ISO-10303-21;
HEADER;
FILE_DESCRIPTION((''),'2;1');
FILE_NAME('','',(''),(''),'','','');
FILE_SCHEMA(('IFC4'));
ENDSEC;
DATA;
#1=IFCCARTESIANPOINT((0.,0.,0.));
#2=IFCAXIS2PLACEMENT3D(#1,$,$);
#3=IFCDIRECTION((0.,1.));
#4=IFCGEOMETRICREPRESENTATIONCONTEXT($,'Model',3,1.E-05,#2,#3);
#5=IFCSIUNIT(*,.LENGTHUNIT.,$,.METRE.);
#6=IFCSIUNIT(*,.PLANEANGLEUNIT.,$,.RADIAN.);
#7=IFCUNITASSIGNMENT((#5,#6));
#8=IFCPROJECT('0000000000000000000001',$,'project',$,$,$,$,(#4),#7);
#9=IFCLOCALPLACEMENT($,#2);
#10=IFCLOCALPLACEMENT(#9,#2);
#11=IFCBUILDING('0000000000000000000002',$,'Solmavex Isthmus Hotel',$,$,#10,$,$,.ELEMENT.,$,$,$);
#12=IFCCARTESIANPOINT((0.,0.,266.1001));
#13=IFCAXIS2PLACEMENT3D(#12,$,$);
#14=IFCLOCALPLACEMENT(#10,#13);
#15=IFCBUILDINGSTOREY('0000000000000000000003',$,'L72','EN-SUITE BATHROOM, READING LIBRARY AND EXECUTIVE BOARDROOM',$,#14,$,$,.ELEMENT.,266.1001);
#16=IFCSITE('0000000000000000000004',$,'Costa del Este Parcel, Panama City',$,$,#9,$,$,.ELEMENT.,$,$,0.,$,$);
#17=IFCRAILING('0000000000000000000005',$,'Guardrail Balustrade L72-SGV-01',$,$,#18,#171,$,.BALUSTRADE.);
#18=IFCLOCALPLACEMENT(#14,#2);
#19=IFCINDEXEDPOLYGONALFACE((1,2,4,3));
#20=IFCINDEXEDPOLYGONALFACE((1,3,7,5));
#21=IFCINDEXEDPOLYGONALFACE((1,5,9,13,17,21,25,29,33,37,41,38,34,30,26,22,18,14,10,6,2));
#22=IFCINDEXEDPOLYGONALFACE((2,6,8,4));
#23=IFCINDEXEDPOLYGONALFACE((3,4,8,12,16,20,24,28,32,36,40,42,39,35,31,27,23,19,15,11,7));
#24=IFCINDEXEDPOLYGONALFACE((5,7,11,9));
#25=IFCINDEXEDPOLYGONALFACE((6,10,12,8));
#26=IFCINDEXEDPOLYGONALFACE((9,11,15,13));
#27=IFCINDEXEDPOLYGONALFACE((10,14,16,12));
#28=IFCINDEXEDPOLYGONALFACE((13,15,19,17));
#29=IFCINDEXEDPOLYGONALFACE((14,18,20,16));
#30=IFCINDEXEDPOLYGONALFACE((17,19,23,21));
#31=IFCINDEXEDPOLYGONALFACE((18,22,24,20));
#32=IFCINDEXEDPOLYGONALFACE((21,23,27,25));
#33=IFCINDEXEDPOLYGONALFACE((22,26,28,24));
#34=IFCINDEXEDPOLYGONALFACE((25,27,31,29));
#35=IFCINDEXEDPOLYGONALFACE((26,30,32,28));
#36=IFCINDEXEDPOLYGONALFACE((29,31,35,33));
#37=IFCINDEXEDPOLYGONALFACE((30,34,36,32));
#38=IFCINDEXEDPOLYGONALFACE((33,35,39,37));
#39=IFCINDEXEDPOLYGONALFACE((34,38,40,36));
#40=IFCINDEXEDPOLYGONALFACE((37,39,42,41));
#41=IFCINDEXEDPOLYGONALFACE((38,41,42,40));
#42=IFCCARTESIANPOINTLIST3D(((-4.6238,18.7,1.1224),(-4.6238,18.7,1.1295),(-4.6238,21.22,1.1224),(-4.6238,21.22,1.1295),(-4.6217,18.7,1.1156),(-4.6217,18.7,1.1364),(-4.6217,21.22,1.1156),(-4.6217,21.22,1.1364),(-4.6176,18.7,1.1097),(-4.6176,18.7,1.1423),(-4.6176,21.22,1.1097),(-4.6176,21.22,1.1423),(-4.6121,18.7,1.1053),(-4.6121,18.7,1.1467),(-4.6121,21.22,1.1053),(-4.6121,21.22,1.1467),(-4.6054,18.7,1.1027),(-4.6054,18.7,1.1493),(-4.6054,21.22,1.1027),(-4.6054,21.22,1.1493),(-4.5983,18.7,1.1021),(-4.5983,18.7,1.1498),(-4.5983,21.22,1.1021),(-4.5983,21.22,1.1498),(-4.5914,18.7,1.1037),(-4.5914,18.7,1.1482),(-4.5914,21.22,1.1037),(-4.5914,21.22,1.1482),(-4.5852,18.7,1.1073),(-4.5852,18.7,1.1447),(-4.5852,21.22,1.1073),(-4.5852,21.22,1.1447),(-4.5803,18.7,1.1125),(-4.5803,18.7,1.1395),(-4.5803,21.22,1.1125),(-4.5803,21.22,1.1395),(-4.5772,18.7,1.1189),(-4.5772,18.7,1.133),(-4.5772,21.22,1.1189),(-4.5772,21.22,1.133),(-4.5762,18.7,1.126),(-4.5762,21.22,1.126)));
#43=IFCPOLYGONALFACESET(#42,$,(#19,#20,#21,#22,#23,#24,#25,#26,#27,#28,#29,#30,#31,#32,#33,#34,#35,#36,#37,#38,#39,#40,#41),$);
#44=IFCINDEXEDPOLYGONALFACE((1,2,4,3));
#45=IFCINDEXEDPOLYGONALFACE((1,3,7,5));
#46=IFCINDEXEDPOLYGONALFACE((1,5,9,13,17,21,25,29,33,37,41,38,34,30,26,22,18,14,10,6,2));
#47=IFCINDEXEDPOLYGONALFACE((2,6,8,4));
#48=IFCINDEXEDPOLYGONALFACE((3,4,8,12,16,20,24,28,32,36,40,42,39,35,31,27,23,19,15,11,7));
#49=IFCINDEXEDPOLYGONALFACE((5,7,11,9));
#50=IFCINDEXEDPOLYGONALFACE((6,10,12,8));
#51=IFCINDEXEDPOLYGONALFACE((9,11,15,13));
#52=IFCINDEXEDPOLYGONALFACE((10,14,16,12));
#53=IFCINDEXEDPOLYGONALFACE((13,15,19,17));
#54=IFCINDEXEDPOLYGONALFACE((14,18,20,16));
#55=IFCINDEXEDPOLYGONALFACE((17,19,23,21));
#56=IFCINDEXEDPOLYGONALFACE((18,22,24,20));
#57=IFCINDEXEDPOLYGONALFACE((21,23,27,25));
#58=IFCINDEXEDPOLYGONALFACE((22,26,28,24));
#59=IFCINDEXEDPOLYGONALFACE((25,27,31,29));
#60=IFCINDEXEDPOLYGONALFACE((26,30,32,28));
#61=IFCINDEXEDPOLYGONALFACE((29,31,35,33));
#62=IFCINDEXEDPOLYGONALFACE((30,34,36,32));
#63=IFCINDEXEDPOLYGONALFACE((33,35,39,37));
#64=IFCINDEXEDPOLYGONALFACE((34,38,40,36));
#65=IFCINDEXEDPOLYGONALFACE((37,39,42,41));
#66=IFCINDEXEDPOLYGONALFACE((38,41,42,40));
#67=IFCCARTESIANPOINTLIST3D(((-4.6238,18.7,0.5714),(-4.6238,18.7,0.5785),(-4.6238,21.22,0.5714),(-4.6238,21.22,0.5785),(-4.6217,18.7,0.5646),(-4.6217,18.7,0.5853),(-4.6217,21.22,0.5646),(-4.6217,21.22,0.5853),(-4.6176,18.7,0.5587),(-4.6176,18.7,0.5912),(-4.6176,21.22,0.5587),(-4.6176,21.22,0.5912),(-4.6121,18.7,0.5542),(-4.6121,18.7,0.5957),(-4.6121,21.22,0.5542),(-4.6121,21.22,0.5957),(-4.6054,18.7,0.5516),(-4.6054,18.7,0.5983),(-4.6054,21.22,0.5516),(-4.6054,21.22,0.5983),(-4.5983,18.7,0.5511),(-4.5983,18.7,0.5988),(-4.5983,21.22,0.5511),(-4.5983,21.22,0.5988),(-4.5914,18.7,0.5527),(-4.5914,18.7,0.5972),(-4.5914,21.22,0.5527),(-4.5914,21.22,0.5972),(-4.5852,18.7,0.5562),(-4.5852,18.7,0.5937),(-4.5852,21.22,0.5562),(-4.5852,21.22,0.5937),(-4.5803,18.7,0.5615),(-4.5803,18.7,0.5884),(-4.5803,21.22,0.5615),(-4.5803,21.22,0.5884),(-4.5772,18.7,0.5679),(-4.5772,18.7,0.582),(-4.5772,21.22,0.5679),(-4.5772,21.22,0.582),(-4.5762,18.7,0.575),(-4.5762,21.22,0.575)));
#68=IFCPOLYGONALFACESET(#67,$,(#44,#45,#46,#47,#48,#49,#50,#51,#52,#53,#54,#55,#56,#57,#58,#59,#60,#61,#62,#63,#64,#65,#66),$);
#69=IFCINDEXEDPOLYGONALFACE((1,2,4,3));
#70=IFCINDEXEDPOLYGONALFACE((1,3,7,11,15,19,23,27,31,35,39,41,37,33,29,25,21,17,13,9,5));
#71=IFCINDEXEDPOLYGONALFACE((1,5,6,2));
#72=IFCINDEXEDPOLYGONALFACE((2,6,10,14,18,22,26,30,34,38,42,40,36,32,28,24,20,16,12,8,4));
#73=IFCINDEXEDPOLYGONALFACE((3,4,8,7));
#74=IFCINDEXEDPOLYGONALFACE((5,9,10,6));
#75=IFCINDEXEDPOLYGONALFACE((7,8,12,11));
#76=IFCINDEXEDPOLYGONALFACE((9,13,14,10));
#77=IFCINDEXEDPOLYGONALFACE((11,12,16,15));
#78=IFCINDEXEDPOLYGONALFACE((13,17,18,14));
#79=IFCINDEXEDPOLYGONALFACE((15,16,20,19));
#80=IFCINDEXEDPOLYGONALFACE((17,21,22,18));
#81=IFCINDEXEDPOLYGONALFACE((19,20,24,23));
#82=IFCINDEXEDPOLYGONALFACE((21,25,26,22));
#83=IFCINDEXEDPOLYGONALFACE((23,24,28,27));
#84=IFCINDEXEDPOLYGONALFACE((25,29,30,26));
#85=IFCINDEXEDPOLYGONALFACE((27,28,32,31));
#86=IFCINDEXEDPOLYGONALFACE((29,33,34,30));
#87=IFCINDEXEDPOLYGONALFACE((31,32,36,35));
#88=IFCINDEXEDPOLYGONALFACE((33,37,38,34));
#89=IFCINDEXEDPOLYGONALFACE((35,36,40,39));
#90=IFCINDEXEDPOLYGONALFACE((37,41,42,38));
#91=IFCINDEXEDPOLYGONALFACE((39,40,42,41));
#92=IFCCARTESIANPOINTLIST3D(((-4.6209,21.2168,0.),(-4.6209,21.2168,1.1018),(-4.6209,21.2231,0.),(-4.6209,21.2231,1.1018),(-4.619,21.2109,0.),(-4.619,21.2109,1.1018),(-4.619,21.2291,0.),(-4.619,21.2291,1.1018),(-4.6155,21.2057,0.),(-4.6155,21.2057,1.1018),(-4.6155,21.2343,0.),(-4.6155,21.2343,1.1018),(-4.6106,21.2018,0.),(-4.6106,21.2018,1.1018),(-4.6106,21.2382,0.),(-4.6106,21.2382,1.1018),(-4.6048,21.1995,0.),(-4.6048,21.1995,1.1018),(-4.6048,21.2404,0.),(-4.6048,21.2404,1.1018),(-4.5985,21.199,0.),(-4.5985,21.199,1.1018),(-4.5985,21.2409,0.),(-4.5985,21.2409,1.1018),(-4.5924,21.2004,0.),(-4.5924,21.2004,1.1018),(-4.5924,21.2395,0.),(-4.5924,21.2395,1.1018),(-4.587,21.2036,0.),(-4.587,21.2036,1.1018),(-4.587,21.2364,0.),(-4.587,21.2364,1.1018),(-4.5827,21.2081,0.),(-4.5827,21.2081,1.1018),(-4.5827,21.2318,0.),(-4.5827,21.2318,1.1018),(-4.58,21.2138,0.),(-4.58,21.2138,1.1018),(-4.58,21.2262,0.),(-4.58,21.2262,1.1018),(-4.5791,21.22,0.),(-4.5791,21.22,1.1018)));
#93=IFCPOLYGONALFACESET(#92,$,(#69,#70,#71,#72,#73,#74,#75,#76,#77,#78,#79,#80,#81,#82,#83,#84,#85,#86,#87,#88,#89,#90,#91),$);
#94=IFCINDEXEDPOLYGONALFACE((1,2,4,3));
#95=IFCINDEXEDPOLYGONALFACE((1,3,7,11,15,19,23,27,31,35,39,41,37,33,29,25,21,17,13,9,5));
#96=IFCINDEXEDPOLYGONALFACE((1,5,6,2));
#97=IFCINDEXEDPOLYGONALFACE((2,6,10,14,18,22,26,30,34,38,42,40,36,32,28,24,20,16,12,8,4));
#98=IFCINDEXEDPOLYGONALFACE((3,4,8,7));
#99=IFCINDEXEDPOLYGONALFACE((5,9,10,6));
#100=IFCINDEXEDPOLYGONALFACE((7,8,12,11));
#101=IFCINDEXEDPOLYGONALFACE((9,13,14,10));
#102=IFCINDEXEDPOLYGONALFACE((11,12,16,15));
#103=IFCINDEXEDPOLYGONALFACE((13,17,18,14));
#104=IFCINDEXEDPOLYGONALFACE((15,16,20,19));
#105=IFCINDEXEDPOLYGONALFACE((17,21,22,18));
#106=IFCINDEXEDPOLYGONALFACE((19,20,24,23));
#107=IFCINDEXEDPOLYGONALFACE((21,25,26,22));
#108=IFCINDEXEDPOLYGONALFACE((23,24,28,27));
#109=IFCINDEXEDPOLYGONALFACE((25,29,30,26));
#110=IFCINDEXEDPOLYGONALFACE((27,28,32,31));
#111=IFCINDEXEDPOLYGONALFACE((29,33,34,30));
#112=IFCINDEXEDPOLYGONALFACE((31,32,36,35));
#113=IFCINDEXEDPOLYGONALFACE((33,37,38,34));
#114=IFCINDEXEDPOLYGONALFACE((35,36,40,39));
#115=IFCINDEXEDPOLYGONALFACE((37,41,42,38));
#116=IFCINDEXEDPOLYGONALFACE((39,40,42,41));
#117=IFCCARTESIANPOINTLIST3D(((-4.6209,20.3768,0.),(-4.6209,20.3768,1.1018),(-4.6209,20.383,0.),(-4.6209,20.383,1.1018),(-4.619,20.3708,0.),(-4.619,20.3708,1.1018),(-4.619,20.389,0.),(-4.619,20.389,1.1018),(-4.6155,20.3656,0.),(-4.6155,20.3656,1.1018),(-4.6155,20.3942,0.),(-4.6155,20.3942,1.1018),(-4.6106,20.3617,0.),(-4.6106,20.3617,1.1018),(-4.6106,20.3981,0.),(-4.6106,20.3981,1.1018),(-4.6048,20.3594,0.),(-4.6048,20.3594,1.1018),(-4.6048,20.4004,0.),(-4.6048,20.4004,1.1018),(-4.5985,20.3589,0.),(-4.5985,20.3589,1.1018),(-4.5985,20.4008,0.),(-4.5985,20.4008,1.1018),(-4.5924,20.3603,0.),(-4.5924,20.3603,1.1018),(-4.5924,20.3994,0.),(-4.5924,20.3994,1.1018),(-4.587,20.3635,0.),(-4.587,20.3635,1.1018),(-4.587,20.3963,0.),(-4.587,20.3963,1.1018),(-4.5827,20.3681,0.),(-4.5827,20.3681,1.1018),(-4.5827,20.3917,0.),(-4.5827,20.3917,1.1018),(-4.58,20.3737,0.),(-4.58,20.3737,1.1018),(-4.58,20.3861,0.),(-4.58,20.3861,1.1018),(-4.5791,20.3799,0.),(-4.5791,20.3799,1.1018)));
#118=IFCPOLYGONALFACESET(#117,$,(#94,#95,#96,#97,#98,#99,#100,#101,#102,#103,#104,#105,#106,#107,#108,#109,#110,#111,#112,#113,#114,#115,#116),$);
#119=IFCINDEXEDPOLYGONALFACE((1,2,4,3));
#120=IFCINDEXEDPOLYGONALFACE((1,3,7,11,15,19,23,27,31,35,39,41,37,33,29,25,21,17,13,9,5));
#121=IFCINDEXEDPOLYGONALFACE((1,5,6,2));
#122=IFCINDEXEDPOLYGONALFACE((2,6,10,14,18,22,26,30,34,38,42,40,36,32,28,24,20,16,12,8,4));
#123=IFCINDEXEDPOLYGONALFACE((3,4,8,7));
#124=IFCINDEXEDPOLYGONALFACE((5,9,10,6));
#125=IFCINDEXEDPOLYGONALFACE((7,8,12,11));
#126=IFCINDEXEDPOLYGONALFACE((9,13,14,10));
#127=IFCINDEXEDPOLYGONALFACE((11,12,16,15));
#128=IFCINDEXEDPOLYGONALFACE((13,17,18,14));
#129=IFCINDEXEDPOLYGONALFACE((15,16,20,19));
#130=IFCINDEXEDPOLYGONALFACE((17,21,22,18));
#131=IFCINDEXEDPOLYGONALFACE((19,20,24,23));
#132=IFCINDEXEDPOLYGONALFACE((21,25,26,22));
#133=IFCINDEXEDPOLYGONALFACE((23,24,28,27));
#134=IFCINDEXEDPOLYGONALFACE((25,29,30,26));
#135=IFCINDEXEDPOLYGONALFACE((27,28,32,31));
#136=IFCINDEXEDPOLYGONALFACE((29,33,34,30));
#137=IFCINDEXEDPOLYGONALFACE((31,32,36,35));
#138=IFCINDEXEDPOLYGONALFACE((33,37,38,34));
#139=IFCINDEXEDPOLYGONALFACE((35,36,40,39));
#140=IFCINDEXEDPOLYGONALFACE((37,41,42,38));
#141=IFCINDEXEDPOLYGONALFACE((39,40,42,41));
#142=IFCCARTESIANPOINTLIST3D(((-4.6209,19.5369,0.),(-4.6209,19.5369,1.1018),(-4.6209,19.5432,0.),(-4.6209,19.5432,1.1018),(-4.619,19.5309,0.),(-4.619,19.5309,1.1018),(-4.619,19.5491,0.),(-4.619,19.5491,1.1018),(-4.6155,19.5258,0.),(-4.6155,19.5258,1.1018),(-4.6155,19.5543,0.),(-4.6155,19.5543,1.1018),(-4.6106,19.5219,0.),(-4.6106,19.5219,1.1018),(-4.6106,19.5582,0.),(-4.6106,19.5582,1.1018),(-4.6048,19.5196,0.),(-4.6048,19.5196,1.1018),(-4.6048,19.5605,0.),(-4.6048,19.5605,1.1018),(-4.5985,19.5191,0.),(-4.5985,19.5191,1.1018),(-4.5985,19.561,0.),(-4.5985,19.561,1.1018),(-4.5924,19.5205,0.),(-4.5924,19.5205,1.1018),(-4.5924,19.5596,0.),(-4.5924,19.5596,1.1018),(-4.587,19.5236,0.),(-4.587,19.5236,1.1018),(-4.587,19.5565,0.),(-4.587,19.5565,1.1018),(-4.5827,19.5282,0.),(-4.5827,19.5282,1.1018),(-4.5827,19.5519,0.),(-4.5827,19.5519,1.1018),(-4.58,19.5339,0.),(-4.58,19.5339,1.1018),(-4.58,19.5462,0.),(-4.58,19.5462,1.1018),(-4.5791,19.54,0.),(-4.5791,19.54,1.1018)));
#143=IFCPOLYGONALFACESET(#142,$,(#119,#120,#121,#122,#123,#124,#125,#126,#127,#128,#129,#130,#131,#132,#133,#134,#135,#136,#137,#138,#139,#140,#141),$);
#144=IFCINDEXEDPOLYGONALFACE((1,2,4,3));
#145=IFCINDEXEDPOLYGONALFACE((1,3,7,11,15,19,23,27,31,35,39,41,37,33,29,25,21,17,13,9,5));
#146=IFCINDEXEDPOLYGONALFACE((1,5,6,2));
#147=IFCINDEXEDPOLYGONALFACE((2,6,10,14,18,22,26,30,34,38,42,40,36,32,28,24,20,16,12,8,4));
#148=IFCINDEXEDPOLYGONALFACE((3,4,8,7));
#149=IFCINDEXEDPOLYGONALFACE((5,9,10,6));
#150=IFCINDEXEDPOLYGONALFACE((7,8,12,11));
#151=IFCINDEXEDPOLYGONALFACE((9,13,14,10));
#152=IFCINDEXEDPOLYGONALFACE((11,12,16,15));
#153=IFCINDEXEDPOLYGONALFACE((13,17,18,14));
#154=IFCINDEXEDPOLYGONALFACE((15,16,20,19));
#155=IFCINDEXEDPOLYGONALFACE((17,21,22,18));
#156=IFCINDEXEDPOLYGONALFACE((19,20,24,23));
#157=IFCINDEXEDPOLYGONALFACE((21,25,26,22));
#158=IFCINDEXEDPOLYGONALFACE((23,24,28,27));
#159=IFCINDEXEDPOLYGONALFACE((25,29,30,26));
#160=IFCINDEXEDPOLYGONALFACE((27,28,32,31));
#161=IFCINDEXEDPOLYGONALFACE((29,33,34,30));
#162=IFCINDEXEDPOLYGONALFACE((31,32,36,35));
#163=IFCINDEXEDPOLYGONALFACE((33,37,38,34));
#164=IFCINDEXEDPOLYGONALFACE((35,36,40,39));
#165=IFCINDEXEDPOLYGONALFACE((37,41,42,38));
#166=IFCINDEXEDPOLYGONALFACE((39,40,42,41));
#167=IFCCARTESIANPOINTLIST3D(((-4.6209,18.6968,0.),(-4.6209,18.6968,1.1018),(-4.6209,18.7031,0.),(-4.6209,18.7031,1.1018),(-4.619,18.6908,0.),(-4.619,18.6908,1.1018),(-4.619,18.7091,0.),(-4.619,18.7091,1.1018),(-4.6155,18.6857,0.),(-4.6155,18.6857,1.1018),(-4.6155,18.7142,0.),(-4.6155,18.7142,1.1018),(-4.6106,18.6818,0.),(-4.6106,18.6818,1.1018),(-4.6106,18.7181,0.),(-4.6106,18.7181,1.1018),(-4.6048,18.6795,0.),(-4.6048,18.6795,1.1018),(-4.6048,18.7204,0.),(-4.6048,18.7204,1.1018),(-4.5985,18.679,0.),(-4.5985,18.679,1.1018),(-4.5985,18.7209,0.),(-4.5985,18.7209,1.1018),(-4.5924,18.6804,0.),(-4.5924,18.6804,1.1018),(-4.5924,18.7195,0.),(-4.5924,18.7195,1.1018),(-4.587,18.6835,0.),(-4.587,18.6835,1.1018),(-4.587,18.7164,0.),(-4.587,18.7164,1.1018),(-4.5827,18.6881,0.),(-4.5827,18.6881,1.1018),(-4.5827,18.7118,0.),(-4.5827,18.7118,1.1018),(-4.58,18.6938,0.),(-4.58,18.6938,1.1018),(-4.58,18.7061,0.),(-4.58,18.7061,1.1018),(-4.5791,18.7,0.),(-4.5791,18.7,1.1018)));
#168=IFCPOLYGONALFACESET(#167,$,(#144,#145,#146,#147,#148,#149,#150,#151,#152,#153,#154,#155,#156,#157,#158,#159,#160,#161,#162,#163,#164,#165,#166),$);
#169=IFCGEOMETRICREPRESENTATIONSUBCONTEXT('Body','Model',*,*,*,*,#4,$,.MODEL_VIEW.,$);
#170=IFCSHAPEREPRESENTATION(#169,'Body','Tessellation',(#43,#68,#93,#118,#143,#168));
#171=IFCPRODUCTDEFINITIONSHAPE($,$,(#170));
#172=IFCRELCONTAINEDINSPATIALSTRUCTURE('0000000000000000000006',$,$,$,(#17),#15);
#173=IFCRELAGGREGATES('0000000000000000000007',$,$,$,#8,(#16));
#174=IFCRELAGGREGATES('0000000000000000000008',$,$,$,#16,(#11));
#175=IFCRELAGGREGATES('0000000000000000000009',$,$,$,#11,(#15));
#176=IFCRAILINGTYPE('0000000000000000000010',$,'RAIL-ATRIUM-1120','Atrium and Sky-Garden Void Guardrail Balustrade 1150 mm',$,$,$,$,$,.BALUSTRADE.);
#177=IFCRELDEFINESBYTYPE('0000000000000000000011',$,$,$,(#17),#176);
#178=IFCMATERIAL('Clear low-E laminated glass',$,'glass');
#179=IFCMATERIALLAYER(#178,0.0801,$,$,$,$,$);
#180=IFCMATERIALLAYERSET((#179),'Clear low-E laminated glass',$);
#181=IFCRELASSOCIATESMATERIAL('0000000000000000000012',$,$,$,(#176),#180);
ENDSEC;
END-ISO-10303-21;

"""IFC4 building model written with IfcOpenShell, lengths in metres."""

from ifc_helpers import new_model, si_unit, direction, frame, origin, origin_2d, place, context, subcontext, project, spatial, circle, extrude, material, layer, layer_set, type_object, element, save


model = new_model("IFC4")

# Units and contexts
model_context = context("Model", 3, precision=1e-05, world=origin(), true_north=direction((0.0, 1.0)))
body_context = subcontext(model_context, "Body", "Model", "MODEL_VIEW")
ifc_project = project(units=[si_unit("LENGTHUNIT", "METRE"), si_unit("PLANEANGLEUNIT", "RADIAN")], contexts=[model_context])

# Site, building, storey
site_placement = place(None, origin())
site = spatial("IfcSite", under=ifc_project, at=site_placement, Name="Costa del Este Parcel, Panama City", CompositionType="ELEMENT", RefElevation=0.0)
building_placement = place(site_placement, origin())
building = spatial("IfcBuilding", under=site, at=building_placement, Name="Solmavex Isthmus Hotel", CompositionType="ELEMENT")
storey_placement = place(building_placement, frame((0.0, 0.0, 266.1001)))
storey = spatial("IfcBuildingStorey", under=building, at=storey_placement, Name="L72", Description="EN-SUITE BATHROOM, READING LIBRARY AND EXECUTIVE BOARDROOM", CompositionType="ELEMENT", Elevation=266.1001)

# Shared definitions
ifc_material_1 = material(Name="Clear low-E laminated glass", Category="glass")

# Railing
ifc_layer_1 = layer(ifc_material_1, 0.0801)
ifc_layer_set_1 = layer_set([ifc_layer_1], Name="Clear low-E laminated glass")
railing_type_1 = type_object("IfcRailingType", Name="RAIL-ATRIUM-1120", Description="Atrium and Sky-Garden Void Guardrail Balustrade 1150 mm", PredefinedType="BALUSTRADE", material=ifc_layer_set_1)
railing_1_placement = place(storey_placement, frame((-4.6001, 21.22, 0.0)))
element("IfcRailing", 1, at=railing_1_placement, inside=storey, type_object=railing_type_1, Name="Guardrail Balustrade L72-SGV-01", PredefinedType="BALUSTRADE", context=body_context, shape_type="SweptSolid", body=[
    extrude(circle(Radius=0.0239, at=origin_2d()), frame((0.0, 0.0, 1.126), z_axis=(0.0, -1.0, 0.0), x_axis=(1.0, 0.0, 0.0)), (0.0, 0.0, 1.0), 2.52),
    extrude(circle(Radius=0.0239, at=origin_2d()), frame((0.0, 0.0, 0.575), z_axis=(0.0, -1.0, 0.0), x_axis=(1.0, 0.0, 0.0)), (0.0, 0.0, 1.0), 2.52),
    extrude(circle(Radius=0.021, at=origin_2d()), origin(), (0.0, 0.0, 1.0), 1.1018),
    extrude(circle(Radius=0.021, at=origin_2d()), frame((0.0, -0.8401, 0.0)), (0.0, 0.0, 1.0), 1.1018),
    extrude(circle(Radius=0.021, at=origin_2d()), frame((0.0, -1.6799, 0.0)), (0.0, 0.0, 1.0), 1.1018),
    extrude(circle(Radius=0.021, at=origin_2d()), frame((0.0, -2.52, 0.0)), (0.0, 0.0, 1.0), 1.1018),
])

save(model, "model.ifc")
